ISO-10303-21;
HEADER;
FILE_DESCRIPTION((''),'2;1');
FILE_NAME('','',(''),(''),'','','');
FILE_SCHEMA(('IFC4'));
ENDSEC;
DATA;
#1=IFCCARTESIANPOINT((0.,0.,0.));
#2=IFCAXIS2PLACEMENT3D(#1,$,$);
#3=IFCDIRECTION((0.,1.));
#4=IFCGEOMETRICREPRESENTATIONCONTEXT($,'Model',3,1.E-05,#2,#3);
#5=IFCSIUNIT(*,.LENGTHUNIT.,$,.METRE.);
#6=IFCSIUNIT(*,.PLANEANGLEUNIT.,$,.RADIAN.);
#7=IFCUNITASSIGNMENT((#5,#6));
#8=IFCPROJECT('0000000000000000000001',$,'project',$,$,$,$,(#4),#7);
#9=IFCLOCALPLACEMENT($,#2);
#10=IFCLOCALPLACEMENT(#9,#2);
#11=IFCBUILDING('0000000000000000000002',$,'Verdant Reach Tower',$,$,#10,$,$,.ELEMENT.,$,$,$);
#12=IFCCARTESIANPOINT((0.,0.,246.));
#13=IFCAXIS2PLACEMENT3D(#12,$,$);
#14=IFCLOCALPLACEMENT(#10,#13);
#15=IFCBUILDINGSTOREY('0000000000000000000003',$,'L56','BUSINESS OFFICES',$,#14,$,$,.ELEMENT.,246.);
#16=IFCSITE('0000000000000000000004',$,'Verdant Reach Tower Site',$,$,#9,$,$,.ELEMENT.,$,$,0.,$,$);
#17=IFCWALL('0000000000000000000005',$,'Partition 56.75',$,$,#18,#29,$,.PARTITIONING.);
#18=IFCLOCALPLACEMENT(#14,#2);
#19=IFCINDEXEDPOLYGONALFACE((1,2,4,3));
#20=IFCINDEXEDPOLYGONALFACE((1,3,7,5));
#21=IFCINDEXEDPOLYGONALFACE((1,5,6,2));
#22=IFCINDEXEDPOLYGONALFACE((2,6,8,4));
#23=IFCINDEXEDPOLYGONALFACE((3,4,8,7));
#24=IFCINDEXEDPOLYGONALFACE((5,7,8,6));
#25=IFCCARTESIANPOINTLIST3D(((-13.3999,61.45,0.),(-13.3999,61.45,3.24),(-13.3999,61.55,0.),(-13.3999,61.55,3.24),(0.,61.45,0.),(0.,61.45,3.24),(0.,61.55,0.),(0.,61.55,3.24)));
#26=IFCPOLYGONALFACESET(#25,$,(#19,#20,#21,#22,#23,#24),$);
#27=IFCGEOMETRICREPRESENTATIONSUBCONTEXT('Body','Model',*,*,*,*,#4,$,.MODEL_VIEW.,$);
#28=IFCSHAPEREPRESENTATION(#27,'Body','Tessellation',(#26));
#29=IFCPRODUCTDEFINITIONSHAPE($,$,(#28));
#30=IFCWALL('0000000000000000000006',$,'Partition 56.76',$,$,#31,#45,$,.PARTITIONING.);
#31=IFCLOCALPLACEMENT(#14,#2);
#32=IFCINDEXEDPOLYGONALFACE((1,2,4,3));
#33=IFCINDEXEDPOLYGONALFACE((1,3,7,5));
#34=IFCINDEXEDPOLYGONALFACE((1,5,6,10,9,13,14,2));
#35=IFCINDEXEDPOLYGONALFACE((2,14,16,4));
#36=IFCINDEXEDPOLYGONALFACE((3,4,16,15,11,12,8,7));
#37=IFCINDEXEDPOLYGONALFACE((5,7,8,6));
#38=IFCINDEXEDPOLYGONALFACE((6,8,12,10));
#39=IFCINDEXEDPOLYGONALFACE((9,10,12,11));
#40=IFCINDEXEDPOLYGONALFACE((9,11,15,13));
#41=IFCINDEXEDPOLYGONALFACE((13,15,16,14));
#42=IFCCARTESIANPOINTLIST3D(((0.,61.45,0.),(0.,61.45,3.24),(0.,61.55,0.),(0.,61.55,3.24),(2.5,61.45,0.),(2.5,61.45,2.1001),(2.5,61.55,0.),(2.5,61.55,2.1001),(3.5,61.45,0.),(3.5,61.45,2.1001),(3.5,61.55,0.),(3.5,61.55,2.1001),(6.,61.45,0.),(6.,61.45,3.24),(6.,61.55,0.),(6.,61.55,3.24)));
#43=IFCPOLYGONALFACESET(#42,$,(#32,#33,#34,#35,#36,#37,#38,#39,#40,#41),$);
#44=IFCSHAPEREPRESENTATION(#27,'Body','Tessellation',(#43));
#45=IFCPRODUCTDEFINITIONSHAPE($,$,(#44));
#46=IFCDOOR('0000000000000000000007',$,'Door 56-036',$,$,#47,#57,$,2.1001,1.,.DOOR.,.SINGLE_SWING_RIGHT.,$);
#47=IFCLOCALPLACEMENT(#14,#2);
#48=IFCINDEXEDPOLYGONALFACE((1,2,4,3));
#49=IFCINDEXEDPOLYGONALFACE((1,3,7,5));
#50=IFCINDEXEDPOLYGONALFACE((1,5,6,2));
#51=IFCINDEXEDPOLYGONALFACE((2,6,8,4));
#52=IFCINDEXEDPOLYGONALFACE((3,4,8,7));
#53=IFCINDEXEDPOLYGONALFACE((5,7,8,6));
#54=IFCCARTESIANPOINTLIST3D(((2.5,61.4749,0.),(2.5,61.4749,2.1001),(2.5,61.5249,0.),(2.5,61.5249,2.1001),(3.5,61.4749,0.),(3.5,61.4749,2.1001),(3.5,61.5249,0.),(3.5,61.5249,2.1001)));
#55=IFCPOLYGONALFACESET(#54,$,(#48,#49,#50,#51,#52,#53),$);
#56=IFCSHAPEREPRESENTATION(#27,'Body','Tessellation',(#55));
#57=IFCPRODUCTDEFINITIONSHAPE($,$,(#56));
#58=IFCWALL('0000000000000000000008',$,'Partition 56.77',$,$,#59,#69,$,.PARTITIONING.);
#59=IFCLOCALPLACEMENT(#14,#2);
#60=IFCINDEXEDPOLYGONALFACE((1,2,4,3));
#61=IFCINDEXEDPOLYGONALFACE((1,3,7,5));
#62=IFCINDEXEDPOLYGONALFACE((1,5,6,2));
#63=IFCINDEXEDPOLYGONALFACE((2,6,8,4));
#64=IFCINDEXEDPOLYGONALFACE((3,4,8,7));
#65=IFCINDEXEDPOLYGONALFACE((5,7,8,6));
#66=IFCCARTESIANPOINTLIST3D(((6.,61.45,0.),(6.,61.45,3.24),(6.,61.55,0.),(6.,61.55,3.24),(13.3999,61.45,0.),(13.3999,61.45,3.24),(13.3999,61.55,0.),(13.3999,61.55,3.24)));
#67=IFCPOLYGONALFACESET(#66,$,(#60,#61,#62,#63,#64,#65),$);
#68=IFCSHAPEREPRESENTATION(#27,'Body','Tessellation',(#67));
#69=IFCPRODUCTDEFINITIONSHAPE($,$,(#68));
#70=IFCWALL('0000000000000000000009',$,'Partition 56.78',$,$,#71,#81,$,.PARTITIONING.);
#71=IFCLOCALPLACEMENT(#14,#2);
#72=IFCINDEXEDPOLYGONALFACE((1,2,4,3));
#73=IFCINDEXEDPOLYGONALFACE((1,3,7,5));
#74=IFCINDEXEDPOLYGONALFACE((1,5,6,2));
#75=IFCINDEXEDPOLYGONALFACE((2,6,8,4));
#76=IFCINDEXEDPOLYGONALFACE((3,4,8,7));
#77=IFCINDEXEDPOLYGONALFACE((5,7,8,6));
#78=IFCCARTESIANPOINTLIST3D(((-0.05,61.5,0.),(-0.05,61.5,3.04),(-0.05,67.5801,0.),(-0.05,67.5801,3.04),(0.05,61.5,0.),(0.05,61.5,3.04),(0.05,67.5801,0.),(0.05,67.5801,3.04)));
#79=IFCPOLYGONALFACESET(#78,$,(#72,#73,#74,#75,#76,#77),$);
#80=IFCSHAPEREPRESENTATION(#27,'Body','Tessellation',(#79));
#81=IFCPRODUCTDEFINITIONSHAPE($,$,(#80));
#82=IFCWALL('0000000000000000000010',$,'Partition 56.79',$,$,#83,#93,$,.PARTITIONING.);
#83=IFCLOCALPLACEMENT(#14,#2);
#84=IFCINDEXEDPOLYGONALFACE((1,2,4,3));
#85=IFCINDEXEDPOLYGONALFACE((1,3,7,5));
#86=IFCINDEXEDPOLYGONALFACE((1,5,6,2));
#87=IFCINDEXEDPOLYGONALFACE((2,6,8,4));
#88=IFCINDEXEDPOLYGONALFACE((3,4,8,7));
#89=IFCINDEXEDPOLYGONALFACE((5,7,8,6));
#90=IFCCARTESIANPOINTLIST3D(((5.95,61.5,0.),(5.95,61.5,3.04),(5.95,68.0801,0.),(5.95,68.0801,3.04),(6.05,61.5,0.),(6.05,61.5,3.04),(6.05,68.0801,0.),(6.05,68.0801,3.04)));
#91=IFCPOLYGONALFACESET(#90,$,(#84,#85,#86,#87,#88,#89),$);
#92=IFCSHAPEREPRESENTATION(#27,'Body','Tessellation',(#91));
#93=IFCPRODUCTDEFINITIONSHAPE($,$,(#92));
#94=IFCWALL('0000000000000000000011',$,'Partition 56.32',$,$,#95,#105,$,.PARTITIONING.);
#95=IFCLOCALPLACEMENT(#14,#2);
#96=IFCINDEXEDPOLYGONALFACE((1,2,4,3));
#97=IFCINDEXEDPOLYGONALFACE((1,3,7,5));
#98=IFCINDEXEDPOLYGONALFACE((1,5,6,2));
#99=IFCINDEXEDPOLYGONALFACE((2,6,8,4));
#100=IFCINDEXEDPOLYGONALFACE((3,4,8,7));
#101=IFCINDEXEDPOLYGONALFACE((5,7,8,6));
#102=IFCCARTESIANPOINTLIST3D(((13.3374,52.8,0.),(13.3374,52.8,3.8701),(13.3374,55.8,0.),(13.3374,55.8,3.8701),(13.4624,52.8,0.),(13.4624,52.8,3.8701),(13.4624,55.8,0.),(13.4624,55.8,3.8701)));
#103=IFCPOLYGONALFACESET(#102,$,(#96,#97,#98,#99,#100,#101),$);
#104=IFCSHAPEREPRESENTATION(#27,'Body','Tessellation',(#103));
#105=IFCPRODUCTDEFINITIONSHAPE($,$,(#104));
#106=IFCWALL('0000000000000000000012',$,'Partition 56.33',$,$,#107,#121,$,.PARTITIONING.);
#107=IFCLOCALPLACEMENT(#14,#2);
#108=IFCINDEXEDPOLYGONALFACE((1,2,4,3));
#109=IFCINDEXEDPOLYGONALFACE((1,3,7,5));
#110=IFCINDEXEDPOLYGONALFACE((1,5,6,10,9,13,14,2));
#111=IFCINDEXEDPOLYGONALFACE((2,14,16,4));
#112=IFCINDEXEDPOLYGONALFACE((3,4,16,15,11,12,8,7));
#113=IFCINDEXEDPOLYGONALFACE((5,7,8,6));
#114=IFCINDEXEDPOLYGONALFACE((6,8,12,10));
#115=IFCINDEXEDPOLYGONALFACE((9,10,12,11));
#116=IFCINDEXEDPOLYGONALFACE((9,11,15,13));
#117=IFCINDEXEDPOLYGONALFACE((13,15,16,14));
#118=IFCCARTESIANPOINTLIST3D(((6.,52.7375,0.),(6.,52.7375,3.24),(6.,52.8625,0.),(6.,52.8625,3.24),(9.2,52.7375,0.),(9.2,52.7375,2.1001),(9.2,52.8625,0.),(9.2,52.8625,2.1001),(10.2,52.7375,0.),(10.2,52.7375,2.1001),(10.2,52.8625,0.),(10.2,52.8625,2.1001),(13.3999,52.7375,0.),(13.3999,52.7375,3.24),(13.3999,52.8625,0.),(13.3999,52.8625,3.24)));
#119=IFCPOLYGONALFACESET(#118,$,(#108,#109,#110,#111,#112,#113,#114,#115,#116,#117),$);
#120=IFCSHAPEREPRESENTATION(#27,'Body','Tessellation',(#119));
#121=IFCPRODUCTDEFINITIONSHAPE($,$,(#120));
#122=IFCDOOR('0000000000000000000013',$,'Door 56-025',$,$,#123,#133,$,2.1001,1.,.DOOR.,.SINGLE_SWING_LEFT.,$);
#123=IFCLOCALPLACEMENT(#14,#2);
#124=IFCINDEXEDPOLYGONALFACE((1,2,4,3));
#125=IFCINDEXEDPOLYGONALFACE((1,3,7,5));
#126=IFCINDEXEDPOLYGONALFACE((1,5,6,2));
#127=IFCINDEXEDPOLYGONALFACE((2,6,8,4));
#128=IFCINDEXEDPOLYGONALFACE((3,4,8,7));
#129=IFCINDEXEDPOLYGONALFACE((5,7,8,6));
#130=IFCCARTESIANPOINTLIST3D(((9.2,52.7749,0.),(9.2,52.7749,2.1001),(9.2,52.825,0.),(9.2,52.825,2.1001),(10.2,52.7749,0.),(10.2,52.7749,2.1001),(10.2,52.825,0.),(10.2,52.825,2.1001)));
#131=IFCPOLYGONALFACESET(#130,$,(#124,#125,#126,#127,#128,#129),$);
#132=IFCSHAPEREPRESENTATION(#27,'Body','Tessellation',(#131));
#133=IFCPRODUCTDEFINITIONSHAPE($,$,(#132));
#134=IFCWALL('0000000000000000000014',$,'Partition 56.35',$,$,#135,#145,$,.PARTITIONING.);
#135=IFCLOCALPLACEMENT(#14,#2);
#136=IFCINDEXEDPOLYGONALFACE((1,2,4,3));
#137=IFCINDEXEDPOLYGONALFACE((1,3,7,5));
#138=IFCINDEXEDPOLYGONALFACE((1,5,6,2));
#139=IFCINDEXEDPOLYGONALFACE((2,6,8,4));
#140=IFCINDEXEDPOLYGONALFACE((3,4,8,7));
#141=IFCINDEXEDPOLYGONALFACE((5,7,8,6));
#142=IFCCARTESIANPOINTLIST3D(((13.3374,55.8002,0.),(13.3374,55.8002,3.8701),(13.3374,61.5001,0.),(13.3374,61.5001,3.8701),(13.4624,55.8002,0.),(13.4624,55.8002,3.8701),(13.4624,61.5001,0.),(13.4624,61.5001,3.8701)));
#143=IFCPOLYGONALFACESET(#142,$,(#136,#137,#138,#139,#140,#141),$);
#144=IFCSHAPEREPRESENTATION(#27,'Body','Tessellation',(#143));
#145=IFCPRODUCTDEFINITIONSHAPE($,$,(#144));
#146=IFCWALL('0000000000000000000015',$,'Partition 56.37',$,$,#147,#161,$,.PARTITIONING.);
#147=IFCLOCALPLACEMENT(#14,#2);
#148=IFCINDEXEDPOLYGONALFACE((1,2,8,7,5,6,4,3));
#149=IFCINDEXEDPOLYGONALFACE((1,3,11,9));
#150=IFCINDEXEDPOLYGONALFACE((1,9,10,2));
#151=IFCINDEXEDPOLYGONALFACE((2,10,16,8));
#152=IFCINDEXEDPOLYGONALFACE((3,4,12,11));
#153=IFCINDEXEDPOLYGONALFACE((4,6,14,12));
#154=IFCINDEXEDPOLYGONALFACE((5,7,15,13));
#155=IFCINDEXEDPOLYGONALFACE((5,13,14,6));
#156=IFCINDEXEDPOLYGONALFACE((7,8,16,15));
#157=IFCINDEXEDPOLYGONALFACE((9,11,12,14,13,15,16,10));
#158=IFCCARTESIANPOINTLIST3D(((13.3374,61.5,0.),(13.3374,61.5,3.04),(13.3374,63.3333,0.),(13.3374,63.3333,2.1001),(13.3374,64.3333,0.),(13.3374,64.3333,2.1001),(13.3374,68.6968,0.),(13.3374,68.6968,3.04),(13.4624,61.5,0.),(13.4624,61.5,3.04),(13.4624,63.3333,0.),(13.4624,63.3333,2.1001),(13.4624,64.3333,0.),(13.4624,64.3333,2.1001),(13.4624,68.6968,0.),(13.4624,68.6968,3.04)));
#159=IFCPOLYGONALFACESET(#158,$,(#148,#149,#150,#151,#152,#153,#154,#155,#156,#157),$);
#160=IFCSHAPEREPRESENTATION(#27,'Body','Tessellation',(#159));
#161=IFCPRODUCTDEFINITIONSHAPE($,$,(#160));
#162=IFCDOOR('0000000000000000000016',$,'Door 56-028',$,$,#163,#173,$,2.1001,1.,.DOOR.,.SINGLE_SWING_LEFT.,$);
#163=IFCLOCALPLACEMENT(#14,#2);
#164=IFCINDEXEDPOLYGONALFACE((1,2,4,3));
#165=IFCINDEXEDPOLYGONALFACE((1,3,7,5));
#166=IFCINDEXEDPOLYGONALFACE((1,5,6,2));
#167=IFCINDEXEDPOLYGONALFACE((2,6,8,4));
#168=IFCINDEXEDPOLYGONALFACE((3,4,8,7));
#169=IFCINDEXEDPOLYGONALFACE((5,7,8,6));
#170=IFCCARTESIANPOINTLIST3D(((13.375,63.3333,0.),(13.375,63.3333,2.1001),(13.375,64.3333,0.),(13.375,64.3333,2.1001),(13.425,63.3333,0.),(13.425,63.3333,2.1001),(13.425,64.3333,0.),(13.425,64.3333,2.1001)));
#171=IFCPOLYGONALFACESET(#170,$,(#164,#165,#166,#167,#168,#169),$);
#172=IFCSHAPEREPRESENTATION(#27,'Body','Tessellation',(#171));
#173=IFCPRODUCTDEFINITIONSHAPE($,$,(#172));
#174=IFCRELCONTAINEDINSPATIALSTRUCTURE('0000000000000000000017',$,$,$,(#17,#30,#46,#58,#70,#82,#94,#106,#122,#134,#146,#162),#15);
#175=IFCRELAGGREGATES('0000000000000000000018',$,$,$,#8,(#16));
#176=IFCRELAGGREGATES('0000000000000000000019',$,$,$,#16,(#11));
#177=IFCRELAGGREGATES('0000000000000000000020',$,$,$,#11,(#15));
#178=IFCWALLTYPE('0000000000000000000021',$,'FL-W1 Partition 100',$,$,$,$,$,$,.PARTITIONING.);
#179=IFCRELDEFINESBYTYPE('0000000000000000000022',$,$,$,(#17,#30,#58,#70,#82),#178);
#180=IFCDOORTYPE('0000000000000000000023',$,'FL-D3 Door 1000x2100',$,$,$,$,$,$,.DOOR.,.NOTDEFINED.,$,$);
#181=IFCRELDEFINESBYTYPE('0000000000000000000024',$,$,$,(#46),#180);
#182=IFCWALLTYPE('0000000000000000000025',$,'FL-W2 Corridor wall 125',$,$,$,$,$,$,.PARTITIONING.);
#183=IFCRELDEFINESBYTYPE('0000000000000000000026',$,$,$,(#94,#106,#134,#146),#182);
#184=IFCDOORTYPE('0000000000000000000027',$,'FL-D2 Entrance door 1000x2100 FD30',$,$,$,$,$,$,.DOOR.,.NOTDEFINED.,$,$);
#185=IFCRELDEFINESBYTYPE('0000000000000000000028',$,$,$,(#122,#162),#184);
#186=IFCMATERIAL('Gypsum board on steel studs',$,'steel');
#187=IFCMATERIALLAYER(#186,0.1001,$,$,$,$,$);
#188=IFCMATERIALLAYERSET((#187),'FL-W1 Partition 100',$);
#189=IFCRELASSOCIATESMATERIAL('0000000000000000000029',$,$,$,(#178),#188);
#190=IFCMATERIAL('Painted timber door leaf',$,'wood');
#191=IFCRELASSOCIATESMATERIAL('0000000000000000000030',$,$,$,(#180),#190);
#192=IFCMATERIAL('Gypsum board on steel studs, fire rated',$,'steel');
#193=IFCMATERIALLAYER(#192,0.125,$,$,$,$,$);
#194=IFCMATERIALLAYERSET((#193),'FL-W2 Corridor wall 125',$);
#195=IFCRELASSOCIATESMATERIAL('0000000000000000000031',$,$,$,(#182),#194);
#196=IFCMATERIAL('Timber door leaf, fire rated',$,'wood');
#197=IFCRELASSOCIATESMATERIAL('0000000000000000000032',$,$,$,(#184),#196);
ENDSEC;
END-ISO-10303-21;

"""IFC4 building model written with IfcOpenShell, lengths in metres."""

from ifc_helpers import new_model, si_unit, direction, frame, frame_2d, origin, place, context, subcontext, project, spatial, rectangle, extrude, material, layer, layer_set, type_object, element, fill, save


model = new_model("IFC4")

# Units and contexts
model_context = context("Model", 3, precision=1e-05, world=origin(), true_north=direction((0.0, 1.0)))
body_context = subcontext(model_context, "Body", "Model", "MODEL_VIEW")
ifc_project = project(units=[si_unit("LENGTHUNIT", "METRE"), si_unit("PLANEANGLEUNIT", "RADIAN")], contexts=[model_context])

# Site, building, storey
site_placement = place(None, origin())
site = spatial("IfcSite", under=ifc_project, at=site_placement, Name="Verdant Reach Tower Site", CompositionType="ELEMENT", RefElevation=0.0)
building_placement = place(site_placement, origin())
building = spatial("IfcBuilding", under=site, at=building_placement, Name="Verdant Reach Tower", CompositionType="ELEMENT")
storey_placement = place(building_placement, frame((0.0, 0.0, 246.0)))
storey = spatial("IfcBuildingStorey", under=building, at=storey_placement, Name="L56", Description="BUSINESS OFFICES", CompositionType="ELEMENT", Elevation=246.0)

# Wall
ifc_material_1 = material(Name="Gypsum board on steel studs", Category="steel")
ifc_layer_1 = layer(ifc_material_1, 0.1001)
ifc_layer_set_1 = layer_set([ifc_layer_1], Name="FL-W1 Partition 100")
wall_type_1 = type_object("IfcWallType", Name="FL-W1 Partition 100", PredefinedType="PARTITIONING", material=ifc_layer_set_1)
wall_1_placement = place(storey_placement, frame((0.0, 61.5, 0.0), z_axis=(0.0, 0.0, 1.0), x_axis=(-1.0, 0.0, 0.0)))
element("IfcWall", 1, at=wall_1_placement, inside=storey, type_object=wall_type_1, Name="Partition 56.75", PredefinedType="PARTITIONING", context=body_context, shape_type="SweptSolid", body=[
    extrude(rectangle(XDim=13.3999, YDim=0.1001, at=frame_2d((6.7, 0.0))), origin(), (0.0, 0.0, 1.0), 3.24),
])

# Wall, opening, door
wall_2_placement = place(storey_placement, frame((0.0, 61.5, 0.0), z_axis=(0.0, 0.0, 1.0), x_axis=(1.0, 0.0, 0.0)))
wall_2 = element("IfcWall", 2, at=wall_2_placement, inside=storey, type_object=wall_type_1, Name="Partition 56.76", PredefinedType="PARTITIONING", context=body_context, shape_type="SweptSolid", body=[
    extrude(rectangle(XDim=6.0, YDim=0.1001, at=frame_2d((3.0, 0.0))), origin(), (0.0, 0.0, 1.0), 3.24),
])
opening_1_placement = place(wall_2_placement, frame((2.5, 0.0, 0.0)))
opening_1 = element("IfcOpeningElement", 3, at=opening_1_placement, cuts=wall_2, PredefinedType="OPENING", context=body_context, shape_type="SweptSolid", body=[
    extrude(rectangle(XDim=1.0, YDim=2.1001, at=frame_2d((0.5, 1.05))), frame((0.0, 0.0601, 0.0), z_axis=(0.0, -1.0, 0.0), x_axis=(1.0, 0.0, 0.0)), (0.0, 0.0, 1.0), 0.1201),
])
ifc_material_2 = material(Name="Painted timber door leaf", Category="wood")
door_type_1 = type_object("IfcDoorType", Name="FL-D3 Door 1000x2100", OperationType="NOTDEFINED", PredefinedType="DOOR", material=ifc_material_2)
door_1_placement = place(opening_1_placement, origin())
door_1 = element("IfcDoor", 4, at=door_1_placement, inside=storey, type_object=door_type_1, Name="Door 56-036", OperationType="SINGLE_SWING_RIGHT", OverallHeight=2.1001, OverallWidth=1.0, PredefinedType="DOOR", context=body_context, shape_type="SweptSolid", body=[
    extrude(rectangle(XDim=1.0, YDim=2.1001, at=frame_2d((0.5, 1.05))), frame((0.0, 0.0249, 0.0), z_axis=(0.0, -1.0, 0.0), x_axis=(1.0, 0.0, 0.0)), (0.0, 0.0, 1.0), 0.05),
])
fill(opening_1, door_1)

# Walls
wall_3_placement = place(storey_placement, frame((13.3999, 61.5, 0.0), z_axis=(0.0, 0.0, 1.0), x_axis=(-1.0, 0.0, 0.0)))
element("IfcWall", 5, at=wall_3_placement, inside=storey, type_object=wall_type_1, Name="Partition 56.77", PredefinedType="PARTITIONING", context=body_context, shape_type="SweptSolid", body=[
    extrude(rectangle(XDim=7.3999, YDim=0.1001, at=frame_2d((3.7, 0.0))), origin(), (0.0, 0.0, 1.0), 3.24),
])
wall_4_placement = place(storey_placement, frame((0.0, 61.5, 0.0), z_axis=(0.0, 0.0, 1.0), x_axis=(0.0, 1.0, 0.0)))
element("IfcWall", 6, at=wall_4_placement, inside=storey, type_object=wall_type_1, Name="Partition 56.78", PredefinedType="PARTITIONING", context=body_context, shape_type="SweptSolid", body=[
    extrude(rectangle(XDim=6.0801, YDim=0.1001, at=frame_2d((3.04, 0.0))), origin(), (0.0, 0.0, 1.0), 3.04),
])
wall_5_placement = place(storey_placement, frame((6.0, 61.5, 0.0), z_axis=(0.0, 0.0, 1.0), x_axis=(0.0, 1.0, 0.0)))
element("IfcWall", 7, at=wall_5_placement, inside=storey, type_object=wall_type_1, Name="Partition 56.79", PredefinedType="PARTITIONING", context=body_context, shape_type="SweptSolid", body=[
    extrude(rectangle(XDim=6.5801, YDim=0.1001, at=frame_2d((3.29, 0.0))), origin(), (0.0, 0.0, 1.0), 3.04),
])
ifc_material_3 = material(Name="Gypsum board on steel studs, fire rated", Category="steel")
ifc_layer_2 = layer(ifc_material_3, 0.125)
ifc_layer_set_2 = layer_set([ifc_layer_2], Name="FL-W2 Corridor wall 125")
wall_type_2 = type_object("IfcWallType", Name="FL-W2 Corridor wall 125", PredefinedType="PARTITIONING", material=ifc_layer_set_2)
wall_6_placement = place(storey_placement, frame((13.3999, 52.8, 0.0), z_axis=(0.0, 0.0, 1.0), x_axis=(0.0, 1.0, 0.0)))
element("IfcWall", 8, at=wall_6_placement, inside=storey, type_object=wall_type_2, Name="Partition 56.32", PredefinedType="PARTITIONING", context=body_context, shape_type="SweptSolid", body=[
    extrude(rectangle(XDim=3.0, YDim=0.125, at=frame_2d((1.5, 0.0))), origin(), (0.0, 0.0, 1.0), 3.8701),
])

# Wall, opening, door
wall_7_placement = place(storey_placement, frame((6.0, 52.8, 0.0), z_axis=(0.0, 0.0, 1.0), x_axis=(1.0, 0.0, 0.0)))
wall_7 = element("IfcWall", 9, at=wall_7_placement, inside=storey, type_object=wall_type_2, Name="Partition 56.33", PredefinedType="PARTITIONING", context=body_context, shape_type="SweptSolid", body=[
    extrude(rectangle(XDim=7.3999, YDim=0.125, at=frame_2d((3.7, 0.0))), origin(), (0.0, 0.0, 1.0), 3.24),
])
opening_2_placement = place(wall_7_placement, frame((3.2, 0.0, 0.0)))
opening_2 = element("IfcOpeningElement", 10, at=opening_2_placement, cuts=wall_7, PredefinedType="OPENING", context=body_context, shape_type="SweptSolid", body=[
    extrude(rectangle(XDim=1.0, YDim=2.1001, at=frame_2d((0.5, 1.05))), frame((0.0, 0.0725, 0.0), z_axis=(0.0, -1.0, 0.0), x_axis=(1.0, 0.0, 0.0)), (0.0, 0.0, 1.0), 0.145),
])
ifc_material_4 = material(Name="Timber door leaf, fire rated", Category="wood")
door_type_2 = type_object("IfcDoorType", Name="FL-D2 Entrance door 1000x2100 FD30", OperationType="NOTDEFINED", PredefinedType="DOOR", material=ifc_material_4)
door_2_placement = place(opening_2_placement, origin())
door_2 = element("IfcDoor", 11, at=door_2_placement, inside=storey, type_object=door_type_2, Name="Door 56-025", OperationType="SINGLE_SWING_LEFT", OverallHeight=2.1001, OverallWidth=1.0, PredefinedType="DOOR", context=body_context, shape_type="SweptSolid", body=[
    extrude(rectangle(XDim=1.0, YDim=2.1001, at=frame_2d((0.5, 1.05))), frame((0.0, 0.0249, 0.0), z_axis=(0.0, -1.0, 0.0), x_axis=(1.0, 0.0, 0.0)), (0.0, 0.0, 1.0), 0.05),
])
fill(opening_2, door_2)

# Wall
wall_8_placement = place(storey_placement, frame((13.3999, 55.8, 0.0), z_axis=(0.0, 0.0, 1.0), x_axis=(0.0, 1.0, 0.0)))
element("IfcWall", 12, at=wall_8_placement, inside=storey, type_object=wall_type_2, Name="Partition 56.35", PredefinedType="PARTITIONING", context=body_context, shape_type="SweptSolid", body=[
    extrude(rectangle(XDim=5.7, YDim=0.125, at=frame_2d((2.8501, 0.0))), origin(), (0.0, 0.0, 1.0), 3.8701),
])

# Wall, opening, door
wall_9_placement = place(storey_placement, frame((13.3999, 61.5, 0.0), z_axis=(0.0, 0.0, 1.0), x_axis=(0.0, 1.0, 0.0)))
wall_9 = element("IfcWall", 13, at=wall_9_placement, inside=storey, type_object=wall_type_2, Name="Partition 56.37", PredefinedType="PARTITIONING", context=body_context, shape_type="SweptSolid", body=[
    extrude(rectangle(XDim=7.1968, YDim=0.125, at=frame_2d((3.5984, 0.0))), origin(), (0.0, 0.0, 1.0), 3.04),
])
opening_3_placement = place(wall_9_placement, frame((1.8333, 0.0, 0.0)))
opening_3 = element("IfcOpeningElement", 14, at=opening_3_placement, cuts=wall_9, PredefinedType="OPENING", context=body_context, shape_type="SweptSolid", body=[
    extrude(rectangle(XDim=1.0, YDim=2.1001, at=frame_2d((0.5, 1.05))), frame((0.0, 0.0725, 0.0), z_axis=(0.0, -1.0, 0.0), x_axis=(1.0, 0.0, 0.0)), (0.0, 0.0, 1.0), 0.145),
])
door_3_placement = place(opening_3_placement, origin())
door_3 = element("IfcDoor", 15, at=door_3_placement, inside=storey, type_object=door_type_2, Name="Door 56-028", OperationType="SINGLE_SWING_LEFT", OverallHeight=2.1001, OverallWidth=1.0, PredefinedType="DOOR", context=body_context, shape_type="SweptSolid", body=[
    extrude(rectangle(XDim=1.0, YDim=2.1001, at=frame_2d((0.5, 1.05))), frame((0.0, 0.0249, 0.0), z_axis=(0.0, -1.0, 0.0), x_axis=(1.0, 0.0, 0.0)), (0.0, 0.0, 1.0), 0.05),
])
fill(opening_3, door_3)

save(model, "model.ifc")
